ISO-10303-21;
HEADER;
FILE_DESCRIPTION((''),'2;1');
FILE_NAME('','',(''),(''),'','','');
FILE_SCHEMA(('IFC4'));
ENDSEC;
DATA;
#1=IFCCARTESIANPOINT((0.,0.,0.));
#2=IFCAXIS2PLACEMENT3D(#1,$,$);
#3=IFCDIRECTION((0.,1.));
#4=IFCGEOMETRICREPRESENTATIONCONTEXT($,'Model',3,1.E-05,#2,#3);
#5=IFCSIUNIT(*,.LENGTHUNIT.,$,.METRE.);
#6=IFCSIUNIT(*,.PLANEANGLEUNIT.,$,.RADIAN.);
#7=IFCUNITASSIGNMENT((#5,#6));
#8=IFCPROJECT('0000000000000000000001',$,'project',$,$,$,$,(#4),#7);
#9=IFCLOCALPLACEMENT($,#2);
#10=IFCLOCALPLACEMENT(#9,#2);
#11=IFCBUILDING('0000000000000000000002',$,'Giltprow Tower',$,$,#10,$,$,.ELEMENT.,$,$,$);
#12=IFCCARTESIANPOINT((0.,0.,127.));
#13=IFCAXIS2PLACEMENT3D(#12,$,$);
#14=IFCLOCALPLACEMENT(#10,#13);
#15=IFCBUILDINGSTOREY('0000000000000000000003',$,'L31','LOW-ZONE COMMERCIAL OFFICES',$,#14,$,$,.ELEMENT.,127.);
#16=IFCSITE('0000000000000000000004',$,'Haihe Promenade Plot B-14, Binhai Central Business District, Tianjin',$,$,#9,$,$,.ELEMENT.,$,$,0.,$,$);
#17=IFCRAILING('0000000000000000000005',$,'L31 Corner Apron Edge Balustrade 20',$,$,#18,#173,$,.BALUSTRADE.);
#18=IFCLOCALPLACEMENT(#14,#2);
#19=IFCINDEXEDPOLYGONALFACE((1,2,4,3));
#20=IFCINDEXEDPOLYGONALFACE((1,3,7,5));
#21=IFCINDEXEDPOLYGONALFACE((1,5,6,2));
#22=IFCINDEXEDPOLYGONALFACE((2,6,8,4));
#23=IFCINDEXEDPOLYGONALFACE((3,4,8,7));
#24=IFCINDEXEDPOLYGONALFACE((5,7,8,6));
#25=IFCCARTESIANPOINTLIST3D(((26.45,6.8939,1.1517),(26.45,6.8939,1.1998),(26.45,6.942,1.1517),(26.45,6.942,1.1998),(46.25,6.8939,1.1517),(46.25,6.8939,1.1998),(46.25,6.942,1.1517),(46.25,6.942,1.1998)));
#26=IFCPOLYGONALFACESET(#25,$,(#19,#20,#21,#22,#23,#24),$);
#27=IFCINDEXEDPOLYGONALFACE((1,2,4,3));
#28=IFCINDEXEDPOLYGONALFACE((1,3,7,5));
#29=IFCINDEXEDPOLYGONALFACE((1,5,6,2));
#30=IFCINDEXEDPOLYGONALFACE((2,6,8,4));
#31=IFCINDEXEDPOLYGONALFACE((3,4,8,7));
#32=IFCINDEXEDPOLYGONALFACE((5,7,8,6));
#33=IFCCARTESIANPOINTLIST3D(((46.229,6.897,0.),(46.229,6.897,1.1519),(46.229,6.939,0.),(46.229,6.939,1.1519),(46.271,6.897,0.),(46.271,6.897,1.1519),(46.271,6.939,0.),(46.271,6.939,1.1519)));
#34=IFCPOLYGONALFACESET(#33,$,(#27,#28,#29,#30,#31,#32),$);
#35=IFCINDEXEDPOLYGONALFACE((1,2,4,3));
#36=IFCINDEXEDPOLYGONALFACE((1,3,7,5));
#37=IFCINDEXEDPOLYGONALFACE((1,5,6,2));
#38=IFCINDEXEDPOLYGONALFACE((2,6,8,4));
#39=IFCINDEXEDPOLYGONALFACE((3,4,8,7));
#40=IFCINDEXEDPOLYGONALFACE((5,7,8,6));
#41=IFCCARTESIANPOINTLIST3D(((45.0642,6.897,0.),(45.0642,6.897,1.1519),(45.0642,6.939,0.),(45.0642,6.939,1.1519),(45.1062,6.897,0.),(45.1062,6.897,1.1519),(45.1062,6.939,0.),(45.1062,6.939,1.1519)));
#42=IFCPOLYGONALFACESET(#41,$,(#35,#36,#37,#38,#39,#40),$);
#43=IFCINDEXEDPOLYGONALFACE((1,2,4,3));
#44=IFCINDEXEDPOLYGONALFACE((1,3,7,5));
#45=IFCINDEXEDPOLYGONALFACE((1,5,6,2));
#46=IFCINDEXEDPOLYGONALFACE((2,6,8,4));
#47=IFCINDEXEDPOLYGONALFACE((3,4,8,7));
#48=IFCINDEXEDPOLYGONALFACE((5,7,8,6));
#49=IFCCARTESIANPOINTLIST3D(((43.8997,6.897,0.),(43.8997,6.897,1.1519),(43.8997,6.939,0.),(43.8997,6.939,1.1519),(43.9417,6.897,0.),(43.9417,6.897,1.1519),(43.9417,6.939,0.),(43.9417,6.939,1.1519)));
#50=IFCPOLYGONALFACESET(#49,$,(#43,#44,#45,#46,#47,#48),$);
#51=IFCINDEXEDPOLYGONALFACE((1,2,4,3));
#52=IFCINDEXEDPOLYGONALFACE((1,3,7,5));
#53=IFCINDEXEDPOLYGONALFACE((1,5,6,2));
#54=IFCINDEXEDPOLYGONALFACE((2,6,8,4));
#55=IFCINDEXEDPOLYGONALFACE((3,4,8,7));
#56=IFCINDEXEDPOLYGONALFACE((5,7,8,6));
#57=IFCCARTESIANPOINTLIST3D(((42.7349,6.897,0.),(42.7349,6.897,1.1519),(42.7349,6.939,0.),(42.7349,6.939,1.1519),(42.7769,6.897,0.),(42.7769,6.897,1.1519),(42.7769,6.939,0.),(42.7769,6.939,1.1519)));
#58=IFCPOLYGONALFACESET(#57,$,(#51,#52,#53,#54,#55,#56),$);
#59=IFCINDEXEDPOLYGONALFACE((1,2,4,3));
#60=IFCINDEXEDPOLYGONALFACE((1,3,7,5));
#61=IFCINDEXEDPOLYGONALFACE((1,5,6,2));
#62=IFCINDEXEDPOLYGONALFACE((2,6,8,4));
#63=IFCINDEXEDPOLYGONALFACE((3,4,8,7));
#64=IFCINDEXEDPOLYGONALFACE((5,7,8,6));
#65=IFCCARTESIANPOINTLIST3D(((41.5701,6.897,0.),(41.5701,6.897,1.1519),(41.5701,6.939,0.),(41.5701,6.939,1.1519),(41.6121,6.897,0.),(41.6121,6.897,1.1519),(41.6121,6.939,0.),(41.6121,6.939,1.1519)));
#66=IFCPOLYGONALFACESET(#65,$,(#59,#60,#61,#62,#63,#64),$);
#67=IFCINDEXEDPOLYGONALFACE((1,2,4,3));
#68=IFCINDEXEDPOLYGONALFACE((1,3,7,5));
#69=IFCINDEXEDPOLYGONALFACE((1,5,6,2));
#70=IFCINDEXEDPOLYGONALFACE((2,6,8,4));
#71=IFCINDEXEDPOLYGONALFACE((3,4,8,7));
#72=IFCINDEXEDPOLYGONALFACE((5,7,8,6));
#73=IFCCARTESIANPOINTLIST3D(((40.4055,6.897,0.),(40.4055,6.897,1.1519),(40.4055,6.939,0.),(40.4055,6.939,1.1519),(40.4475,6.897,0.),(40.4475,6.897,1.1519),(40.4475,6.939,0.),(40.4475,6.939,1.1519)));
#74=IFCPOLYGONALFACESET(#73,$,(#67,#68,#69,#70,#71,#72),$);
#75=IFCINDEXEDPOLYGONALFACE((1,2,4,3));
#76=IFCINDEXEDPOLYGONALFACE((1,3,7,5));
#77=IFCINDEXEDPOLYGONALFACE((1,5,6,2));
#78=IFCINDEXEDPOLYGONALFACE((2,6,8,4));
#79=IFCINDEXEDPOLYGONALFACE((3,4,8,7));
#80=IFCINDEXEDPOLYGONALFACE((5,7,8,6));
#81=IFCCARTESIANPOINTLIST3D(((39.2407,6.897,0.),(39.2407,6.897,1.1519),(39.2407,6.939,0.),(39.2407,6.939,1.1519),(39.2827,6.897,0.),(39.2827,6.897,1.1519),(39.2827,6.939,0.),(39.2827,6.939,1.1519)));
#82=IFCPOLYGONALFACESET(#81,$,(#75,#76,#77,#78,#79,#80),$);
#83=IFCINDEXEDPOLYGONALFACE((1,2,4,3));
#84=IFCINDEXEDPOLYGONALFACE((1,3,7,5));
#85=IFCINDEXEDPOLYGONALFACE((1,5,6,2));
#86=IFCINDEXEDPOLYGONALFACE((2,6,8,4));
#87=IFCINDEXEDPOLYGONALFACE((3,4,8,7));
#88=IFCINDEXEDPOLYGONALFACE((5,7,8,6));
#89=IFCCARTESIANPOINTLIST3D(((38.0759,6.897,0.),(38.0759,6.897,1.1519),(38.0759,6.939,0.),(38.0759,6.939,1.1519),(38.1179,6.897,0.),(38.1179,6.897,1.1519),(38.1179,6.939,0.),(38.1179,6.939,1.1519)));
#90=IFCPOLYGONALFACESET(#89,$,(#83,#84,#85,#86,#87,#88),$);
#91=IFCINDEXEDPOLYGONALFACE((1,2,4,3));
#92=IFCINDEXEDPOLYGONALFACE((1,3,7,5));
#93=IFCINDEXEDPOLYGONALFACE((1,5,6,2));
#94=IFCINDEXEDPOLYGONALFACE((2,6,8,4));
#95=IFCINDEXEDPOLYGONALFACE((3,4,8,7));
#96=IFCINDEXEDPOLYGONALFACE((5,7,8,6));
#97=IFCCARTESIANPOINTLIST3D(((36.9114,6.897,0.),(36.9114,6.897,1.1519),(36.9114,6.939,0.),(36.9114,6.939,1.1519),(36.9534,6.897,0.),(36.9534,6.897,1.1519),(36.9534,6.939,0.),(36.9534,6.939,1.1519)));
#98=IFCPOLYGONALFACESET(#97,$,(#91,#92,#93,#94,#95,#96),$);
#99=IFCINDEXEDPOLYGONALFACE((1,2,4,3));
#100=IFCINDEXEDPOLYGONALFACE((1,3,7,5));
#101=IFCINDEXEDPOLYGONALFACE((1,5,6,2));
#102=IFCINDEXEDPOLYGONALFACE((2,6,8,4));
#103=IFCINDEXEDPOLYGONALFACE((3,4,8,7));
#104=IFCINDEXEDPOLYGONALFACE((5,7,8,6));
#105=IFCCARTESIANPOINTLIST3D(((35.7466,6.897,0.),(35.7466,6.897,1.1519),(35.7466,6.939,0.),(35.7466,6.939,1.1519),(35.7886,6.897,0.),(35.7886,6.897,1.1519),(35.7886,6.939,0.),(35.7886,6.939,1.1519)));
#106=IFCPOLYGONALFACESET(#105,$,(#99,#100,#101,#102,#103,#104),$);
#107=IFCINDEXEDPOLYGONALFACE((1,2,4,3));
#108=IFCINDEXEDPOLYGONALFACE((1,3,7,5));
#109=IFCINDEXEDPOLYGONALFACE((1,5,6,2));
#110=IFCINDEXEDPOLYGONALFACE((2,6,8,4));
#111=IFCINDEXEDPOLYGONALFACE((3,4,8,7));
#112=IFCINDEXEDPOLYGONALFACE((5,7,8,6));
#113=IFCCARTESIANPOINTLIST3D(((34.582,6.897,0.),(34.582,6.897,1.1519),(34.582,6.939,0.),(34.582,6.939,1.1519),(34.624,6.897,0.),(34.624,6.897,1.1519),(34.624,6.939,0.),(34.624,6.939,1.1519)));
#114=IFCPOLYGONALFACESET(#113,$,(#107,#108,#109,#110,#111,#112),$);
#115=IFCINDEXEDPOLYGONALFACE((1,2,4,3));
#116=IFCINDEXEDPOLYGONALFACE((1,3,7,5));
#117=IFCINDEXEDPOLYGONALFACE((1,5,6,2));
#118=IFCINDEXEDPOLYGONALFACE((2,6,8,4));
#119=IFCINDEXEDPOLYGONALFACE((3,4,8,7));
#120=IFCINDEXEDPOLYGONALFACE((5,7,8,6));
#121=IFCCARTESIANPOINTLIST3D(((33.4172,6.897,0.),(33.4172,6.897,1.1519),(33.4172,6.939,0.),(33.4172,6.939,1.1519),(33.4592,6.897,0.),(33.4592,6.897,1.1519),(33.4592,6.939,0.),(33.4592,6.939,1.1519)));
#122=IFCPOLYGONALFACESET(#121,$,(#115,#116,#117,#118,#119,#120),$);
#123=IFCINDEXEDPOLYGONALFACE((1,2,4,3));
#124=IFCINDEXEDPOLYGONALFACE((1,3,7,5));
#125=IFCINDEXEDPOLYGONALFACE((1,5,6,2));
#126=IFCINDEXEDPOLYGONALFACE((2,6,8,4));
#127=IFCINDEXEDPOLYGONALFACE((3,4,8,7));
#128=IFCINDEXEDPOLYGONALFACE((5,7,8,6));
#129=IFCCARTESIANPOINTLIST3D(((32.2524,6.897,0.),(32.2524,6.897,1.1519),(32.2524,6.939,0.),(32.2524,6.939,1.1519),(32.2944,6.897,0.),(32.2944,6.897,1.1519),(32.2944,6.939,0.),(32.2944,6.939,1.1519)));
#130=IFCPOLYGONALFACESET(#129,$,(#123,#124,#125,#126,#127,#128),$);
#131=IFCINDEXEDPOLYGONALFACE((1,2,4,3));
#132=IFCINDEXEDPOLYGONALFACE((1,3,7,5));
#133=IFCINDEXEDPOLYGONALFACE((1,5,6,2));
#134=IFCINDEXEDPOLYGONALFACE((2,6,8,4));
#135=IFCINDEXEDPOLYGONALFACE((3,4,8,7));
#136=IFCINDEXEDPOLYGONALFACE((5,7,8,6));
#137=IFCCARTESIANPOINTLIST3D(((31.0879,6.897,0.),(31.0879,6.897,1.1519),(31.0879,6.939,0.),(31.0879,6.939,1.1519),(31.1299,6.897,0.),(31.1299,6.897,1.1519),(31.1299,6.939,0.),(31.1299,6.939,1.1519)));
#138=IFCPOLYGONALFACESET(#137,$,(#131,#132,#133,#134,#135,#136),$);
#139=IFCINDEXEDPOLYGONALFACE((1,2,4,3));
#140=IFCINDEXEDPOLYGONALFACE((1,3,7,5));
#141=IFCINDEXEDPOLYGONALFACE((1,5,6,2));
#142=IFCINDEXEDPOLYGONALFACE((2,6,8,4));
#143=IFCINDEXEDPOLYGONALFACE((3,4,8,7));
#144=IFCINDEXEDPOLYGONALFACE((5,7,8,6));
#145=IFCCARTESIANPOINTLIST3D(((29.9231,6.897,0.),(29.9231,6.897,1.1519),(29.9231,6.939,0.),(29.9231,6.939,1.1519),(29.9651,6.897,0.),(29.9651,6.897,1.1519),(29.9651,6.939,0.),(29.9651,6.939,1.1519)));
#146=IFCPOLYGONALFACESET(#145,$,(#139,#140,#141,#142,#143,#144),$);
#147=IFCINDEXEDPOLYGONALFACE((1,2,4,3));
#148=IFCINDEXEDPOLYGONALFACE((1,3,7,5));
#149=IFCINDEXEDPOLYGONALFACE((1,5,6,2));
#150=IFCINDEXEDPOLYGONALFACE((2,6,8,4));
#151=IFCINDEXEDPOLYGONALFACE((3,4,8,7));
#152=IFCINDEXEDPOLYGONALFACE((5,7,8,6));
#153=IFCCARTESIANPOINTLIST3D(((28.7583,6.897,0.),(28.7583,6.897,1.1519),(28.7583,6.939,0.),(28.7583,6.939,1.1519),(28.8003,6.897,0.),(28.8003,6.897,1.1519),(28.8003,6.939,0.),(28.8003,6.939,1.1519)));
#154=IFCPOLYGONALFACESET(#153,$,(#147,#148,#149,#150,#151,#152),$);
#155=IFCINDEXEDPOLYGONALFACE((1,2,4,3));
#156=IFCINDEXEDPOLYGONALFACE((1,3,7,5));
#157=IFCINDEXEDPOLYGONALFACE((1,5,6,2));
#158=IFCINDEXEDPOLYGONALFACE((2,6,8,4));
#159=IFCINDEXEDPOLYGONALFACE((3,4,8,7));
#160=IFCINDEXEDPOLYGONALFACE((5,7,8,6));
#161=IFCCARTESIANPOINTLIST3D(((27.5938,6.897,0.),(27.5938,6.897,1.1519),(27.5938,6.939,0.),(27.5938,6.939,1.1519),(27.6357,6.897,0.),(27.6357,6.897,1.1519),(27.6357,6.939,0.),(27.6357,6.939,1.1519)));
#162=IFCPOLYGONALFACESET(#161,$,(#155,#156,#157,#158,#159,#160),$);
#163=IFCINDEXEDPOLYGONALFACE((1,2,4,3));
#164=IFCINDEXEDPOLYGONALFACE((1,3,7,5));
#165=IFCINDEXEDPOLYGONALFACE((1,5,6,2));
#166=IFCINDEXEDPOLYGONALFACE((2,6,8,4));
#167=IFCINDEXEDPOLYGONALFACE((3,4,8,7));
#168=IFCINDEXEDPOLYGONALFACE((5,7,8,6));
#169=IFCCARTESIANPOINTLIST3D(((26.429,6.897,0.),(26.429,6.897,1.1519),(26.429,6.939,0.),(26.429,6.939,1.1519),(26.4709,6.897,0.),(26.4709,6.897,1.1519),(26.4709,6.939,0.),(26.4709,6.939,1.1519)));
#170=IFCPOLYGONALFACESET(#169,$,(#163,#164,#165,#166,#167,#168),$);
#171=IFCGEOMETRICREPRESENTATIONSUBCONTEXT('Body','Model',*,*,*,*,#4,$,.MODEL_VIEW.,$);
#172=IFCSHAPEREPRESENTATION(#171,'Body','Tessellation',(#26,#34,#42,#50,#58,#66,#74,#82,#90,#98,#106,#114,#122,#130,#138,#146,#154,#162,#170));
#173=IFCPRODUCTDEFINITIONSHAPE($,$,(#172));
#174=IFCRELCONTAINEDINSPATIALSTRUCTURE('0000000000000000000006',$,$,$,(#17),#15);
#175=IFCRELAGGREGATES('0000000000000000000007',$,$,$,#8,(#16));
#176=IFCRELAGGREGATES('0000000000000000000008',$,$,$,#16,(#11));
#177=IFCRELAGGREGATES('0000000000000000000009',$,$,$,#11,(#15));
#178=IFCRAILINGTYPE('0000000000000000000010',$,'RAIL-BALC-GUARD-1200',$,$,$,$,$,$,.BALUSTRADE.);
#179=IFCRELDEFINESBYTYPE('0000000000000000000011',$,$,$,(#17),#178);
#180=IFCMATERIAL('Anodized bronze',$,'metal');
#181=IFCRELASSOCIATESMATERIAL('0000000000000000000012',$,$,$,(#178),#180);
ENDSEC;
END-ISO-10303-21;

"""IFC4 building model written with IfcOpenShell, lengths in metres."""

from ifc_helpers import new_model, si_unit, direction, frame, origin, origin_2d, place, context, subcontext, project, spatial, rectangle, extrude, material, type_object, element, save


model = new_model("IFC4")

# Units and contexts
model_context = context("Model", 3, precision=1e-05, world=origin(), true_north=direction((0.0, 1.0)))
body_context = subcontext(model_context, "Body", "Model", "MODEL_VIEW")
ifc_project = project(units=[si_unit("LENGTHUNIT", "METRE"), si_unit("PLANEANGLEUNIT", "RADIAN")], contexts=[model_context])

# Site, building, storey
site_placement = place(None, origin())
site = spatial("IfcSite", under=ifc_project, at=site_placement, Name="Haihe Promenade Plot B-14, Binhai Central Business District, Tianjin", CompositionType="ELEMENT", RefElevation=0.0)
building_placement = place(site_placement, origin())
building = spatial("IfcBuilding", under=site, at=building_placement, Name="Giltprow Tower", CompositionType="ELEMENT")
storey_placement = place(building_placement, frame((0.0, 0.0, 127.0)))
storey = spatial("IfcBuildingStorey", under=building, at=storey_placement, Name="L31", Description="LOW-ZONE COMMERCIAL OFFICES", CompositionType="ELEMENT", Elevation=127.0)

# Shared definitions
ifc_material_1 = material(Name="Anodized bronze", Category="metal")

# Railing
railing_type = type_object("IfcRailingType", Name="RAIL-BALC-GUARD-1200", PredefinedType="BALUSTRADE", material=ifc_material_1)
railing_1_placement = place(storey_placement, frame((46.25, 6.918, 0.0)))
element("IfcRailing", 1, at=railing_1_placement, inside=storey, type_object=railing_type, Name="L31 Corner Apron Edge Balustrade 20", PredefinedType="BALUSTRADE", context=body_context, shape_type="SweptSolid", body=[
    extrude(rectangle(XDim=0.0481, YDim=0.0481, at=origin_2d()), frame((0.0, 0.0, 1.1758), z_axis=(-1.0, 0.0, 0.0), x_axis=(0.0, -1.0, 0.0)), (0.0, 0.0, 1.0), 19.8),
    extrude(rectangle(XDim=0.042, YDim=0.042, at=origin_2d()), origin(), (0.0, 0.0, 1.0), 1.1519),
    extrude(rectangle(XDim=0.042, YDim=0.042, at=origin_2d()), frame((-1.1648, 0.0, 0.0)), (0.0, 0.0, 1.0), 1.1519),
    extrude(rectangle(XDim=0.042, YDim=0.042, at=origin_2d()), frame((-2.3293, 0.0, 0.0)), (0.0, 0.0, 1.0), 1.1519),
    extrude(rectangle(XDim=0.042, YDim=0.042, at=origin_2d()), frame((-3.4941, 0.0, 0.0)), (0.0, 0.0, 1.0), 1.1519),
    extrude(rectangle(XDim=0.042, YDim=0.042, at=origin_2d()), frame((-4.6589, 0.0, 0.0)), (0.0, 0.0, 1.0), 1.1519),
    extrude(rectangle(XDim=0.042, YDim=0.042, at=origin_2d()), frame((-5.8235, 0.0, 0.0)), (0.0, 0.0, 1.0), 1.1519),
    extrude(rectangle(XDim=0.042, YDim=0.042, at=origin_2d()), frame((-6.9883, 0.0, 0.0)), (0.0, 0.0, 1.0), 1.1519),
    extrude(rectangle(XDim=0.042, YDim=0.042, at=origin_2d()), frame((-8.1531, 0.0, 0.0)), (0.0, 0.0, 1.0), 1.1519),
    extrude(rectangle(XDim=0.042, YDim=0.042, at=origin_2d()), frame((-9.3176, 0.0, 0.0)), (0.0, 0.0, 1.0), 1.1519),
    extrude(rectangle(XDim=0.042, YDim=0.042, at=origin_2d()), frame((-10.4824, 0.0, 0.0)), (0.0, 0.0, 1.0), 1.1519),
    extrude(rectangle(XDim=0.042, YDim=0.042, at=origin_2d()), frame((-11.647, 0.0, 0.0)), (0.0, 0.0, 1.0), 1.1519),
    extrude(rectangle(XDim=0.042, YDim=0.042, at=origin_2d()), frame((-12.8118, 0.0, 0.0)), (0.0, 0.0, 1.0), 1.1519),
    extrude(rectangle(XDim=0.042, YDim=0.042, at=origin_2d()), frame((-13.9766, 0.0, 0.0)), (0.0, 0.0, 1.0), 1.1519),
    extrude(rectangle(XDim=0.042, YDim=0.042, at=origin_2d()), frame((-15.1411, 0.0, 0.0)), (0.0, 0.0, 1.0), 1.1519),
    extrude(rectangle(XDim=0.042, YDim=0.042, at=origin_2d()), frame((-16.3059, 0.0, 0.0)), (0.0, 0.0, 1.0), 1.1519),
    extrude(rectangle(XDim=0.042, YDim=0.042, at=origin_2d()), frame((-17.4707, 0.0, 0.0)), (0.0, 0.0, 1.0), 1.1519),
    extrude(rectangle(XDim=0.042, YDim=0.042, at=origin_2d()), frame((-18.6353, 0.0, 0.0)), (0.0, 0.0, 1.0), 1.1519),
    extrude(rectangle(XDim=0.042, YDim=0.042, at=origin_2d()), frame((-19.8, 0.0, 0.0)), (0.0, 0.0, 1.0), 1.1519),
])

save(model, "model.ifc")
